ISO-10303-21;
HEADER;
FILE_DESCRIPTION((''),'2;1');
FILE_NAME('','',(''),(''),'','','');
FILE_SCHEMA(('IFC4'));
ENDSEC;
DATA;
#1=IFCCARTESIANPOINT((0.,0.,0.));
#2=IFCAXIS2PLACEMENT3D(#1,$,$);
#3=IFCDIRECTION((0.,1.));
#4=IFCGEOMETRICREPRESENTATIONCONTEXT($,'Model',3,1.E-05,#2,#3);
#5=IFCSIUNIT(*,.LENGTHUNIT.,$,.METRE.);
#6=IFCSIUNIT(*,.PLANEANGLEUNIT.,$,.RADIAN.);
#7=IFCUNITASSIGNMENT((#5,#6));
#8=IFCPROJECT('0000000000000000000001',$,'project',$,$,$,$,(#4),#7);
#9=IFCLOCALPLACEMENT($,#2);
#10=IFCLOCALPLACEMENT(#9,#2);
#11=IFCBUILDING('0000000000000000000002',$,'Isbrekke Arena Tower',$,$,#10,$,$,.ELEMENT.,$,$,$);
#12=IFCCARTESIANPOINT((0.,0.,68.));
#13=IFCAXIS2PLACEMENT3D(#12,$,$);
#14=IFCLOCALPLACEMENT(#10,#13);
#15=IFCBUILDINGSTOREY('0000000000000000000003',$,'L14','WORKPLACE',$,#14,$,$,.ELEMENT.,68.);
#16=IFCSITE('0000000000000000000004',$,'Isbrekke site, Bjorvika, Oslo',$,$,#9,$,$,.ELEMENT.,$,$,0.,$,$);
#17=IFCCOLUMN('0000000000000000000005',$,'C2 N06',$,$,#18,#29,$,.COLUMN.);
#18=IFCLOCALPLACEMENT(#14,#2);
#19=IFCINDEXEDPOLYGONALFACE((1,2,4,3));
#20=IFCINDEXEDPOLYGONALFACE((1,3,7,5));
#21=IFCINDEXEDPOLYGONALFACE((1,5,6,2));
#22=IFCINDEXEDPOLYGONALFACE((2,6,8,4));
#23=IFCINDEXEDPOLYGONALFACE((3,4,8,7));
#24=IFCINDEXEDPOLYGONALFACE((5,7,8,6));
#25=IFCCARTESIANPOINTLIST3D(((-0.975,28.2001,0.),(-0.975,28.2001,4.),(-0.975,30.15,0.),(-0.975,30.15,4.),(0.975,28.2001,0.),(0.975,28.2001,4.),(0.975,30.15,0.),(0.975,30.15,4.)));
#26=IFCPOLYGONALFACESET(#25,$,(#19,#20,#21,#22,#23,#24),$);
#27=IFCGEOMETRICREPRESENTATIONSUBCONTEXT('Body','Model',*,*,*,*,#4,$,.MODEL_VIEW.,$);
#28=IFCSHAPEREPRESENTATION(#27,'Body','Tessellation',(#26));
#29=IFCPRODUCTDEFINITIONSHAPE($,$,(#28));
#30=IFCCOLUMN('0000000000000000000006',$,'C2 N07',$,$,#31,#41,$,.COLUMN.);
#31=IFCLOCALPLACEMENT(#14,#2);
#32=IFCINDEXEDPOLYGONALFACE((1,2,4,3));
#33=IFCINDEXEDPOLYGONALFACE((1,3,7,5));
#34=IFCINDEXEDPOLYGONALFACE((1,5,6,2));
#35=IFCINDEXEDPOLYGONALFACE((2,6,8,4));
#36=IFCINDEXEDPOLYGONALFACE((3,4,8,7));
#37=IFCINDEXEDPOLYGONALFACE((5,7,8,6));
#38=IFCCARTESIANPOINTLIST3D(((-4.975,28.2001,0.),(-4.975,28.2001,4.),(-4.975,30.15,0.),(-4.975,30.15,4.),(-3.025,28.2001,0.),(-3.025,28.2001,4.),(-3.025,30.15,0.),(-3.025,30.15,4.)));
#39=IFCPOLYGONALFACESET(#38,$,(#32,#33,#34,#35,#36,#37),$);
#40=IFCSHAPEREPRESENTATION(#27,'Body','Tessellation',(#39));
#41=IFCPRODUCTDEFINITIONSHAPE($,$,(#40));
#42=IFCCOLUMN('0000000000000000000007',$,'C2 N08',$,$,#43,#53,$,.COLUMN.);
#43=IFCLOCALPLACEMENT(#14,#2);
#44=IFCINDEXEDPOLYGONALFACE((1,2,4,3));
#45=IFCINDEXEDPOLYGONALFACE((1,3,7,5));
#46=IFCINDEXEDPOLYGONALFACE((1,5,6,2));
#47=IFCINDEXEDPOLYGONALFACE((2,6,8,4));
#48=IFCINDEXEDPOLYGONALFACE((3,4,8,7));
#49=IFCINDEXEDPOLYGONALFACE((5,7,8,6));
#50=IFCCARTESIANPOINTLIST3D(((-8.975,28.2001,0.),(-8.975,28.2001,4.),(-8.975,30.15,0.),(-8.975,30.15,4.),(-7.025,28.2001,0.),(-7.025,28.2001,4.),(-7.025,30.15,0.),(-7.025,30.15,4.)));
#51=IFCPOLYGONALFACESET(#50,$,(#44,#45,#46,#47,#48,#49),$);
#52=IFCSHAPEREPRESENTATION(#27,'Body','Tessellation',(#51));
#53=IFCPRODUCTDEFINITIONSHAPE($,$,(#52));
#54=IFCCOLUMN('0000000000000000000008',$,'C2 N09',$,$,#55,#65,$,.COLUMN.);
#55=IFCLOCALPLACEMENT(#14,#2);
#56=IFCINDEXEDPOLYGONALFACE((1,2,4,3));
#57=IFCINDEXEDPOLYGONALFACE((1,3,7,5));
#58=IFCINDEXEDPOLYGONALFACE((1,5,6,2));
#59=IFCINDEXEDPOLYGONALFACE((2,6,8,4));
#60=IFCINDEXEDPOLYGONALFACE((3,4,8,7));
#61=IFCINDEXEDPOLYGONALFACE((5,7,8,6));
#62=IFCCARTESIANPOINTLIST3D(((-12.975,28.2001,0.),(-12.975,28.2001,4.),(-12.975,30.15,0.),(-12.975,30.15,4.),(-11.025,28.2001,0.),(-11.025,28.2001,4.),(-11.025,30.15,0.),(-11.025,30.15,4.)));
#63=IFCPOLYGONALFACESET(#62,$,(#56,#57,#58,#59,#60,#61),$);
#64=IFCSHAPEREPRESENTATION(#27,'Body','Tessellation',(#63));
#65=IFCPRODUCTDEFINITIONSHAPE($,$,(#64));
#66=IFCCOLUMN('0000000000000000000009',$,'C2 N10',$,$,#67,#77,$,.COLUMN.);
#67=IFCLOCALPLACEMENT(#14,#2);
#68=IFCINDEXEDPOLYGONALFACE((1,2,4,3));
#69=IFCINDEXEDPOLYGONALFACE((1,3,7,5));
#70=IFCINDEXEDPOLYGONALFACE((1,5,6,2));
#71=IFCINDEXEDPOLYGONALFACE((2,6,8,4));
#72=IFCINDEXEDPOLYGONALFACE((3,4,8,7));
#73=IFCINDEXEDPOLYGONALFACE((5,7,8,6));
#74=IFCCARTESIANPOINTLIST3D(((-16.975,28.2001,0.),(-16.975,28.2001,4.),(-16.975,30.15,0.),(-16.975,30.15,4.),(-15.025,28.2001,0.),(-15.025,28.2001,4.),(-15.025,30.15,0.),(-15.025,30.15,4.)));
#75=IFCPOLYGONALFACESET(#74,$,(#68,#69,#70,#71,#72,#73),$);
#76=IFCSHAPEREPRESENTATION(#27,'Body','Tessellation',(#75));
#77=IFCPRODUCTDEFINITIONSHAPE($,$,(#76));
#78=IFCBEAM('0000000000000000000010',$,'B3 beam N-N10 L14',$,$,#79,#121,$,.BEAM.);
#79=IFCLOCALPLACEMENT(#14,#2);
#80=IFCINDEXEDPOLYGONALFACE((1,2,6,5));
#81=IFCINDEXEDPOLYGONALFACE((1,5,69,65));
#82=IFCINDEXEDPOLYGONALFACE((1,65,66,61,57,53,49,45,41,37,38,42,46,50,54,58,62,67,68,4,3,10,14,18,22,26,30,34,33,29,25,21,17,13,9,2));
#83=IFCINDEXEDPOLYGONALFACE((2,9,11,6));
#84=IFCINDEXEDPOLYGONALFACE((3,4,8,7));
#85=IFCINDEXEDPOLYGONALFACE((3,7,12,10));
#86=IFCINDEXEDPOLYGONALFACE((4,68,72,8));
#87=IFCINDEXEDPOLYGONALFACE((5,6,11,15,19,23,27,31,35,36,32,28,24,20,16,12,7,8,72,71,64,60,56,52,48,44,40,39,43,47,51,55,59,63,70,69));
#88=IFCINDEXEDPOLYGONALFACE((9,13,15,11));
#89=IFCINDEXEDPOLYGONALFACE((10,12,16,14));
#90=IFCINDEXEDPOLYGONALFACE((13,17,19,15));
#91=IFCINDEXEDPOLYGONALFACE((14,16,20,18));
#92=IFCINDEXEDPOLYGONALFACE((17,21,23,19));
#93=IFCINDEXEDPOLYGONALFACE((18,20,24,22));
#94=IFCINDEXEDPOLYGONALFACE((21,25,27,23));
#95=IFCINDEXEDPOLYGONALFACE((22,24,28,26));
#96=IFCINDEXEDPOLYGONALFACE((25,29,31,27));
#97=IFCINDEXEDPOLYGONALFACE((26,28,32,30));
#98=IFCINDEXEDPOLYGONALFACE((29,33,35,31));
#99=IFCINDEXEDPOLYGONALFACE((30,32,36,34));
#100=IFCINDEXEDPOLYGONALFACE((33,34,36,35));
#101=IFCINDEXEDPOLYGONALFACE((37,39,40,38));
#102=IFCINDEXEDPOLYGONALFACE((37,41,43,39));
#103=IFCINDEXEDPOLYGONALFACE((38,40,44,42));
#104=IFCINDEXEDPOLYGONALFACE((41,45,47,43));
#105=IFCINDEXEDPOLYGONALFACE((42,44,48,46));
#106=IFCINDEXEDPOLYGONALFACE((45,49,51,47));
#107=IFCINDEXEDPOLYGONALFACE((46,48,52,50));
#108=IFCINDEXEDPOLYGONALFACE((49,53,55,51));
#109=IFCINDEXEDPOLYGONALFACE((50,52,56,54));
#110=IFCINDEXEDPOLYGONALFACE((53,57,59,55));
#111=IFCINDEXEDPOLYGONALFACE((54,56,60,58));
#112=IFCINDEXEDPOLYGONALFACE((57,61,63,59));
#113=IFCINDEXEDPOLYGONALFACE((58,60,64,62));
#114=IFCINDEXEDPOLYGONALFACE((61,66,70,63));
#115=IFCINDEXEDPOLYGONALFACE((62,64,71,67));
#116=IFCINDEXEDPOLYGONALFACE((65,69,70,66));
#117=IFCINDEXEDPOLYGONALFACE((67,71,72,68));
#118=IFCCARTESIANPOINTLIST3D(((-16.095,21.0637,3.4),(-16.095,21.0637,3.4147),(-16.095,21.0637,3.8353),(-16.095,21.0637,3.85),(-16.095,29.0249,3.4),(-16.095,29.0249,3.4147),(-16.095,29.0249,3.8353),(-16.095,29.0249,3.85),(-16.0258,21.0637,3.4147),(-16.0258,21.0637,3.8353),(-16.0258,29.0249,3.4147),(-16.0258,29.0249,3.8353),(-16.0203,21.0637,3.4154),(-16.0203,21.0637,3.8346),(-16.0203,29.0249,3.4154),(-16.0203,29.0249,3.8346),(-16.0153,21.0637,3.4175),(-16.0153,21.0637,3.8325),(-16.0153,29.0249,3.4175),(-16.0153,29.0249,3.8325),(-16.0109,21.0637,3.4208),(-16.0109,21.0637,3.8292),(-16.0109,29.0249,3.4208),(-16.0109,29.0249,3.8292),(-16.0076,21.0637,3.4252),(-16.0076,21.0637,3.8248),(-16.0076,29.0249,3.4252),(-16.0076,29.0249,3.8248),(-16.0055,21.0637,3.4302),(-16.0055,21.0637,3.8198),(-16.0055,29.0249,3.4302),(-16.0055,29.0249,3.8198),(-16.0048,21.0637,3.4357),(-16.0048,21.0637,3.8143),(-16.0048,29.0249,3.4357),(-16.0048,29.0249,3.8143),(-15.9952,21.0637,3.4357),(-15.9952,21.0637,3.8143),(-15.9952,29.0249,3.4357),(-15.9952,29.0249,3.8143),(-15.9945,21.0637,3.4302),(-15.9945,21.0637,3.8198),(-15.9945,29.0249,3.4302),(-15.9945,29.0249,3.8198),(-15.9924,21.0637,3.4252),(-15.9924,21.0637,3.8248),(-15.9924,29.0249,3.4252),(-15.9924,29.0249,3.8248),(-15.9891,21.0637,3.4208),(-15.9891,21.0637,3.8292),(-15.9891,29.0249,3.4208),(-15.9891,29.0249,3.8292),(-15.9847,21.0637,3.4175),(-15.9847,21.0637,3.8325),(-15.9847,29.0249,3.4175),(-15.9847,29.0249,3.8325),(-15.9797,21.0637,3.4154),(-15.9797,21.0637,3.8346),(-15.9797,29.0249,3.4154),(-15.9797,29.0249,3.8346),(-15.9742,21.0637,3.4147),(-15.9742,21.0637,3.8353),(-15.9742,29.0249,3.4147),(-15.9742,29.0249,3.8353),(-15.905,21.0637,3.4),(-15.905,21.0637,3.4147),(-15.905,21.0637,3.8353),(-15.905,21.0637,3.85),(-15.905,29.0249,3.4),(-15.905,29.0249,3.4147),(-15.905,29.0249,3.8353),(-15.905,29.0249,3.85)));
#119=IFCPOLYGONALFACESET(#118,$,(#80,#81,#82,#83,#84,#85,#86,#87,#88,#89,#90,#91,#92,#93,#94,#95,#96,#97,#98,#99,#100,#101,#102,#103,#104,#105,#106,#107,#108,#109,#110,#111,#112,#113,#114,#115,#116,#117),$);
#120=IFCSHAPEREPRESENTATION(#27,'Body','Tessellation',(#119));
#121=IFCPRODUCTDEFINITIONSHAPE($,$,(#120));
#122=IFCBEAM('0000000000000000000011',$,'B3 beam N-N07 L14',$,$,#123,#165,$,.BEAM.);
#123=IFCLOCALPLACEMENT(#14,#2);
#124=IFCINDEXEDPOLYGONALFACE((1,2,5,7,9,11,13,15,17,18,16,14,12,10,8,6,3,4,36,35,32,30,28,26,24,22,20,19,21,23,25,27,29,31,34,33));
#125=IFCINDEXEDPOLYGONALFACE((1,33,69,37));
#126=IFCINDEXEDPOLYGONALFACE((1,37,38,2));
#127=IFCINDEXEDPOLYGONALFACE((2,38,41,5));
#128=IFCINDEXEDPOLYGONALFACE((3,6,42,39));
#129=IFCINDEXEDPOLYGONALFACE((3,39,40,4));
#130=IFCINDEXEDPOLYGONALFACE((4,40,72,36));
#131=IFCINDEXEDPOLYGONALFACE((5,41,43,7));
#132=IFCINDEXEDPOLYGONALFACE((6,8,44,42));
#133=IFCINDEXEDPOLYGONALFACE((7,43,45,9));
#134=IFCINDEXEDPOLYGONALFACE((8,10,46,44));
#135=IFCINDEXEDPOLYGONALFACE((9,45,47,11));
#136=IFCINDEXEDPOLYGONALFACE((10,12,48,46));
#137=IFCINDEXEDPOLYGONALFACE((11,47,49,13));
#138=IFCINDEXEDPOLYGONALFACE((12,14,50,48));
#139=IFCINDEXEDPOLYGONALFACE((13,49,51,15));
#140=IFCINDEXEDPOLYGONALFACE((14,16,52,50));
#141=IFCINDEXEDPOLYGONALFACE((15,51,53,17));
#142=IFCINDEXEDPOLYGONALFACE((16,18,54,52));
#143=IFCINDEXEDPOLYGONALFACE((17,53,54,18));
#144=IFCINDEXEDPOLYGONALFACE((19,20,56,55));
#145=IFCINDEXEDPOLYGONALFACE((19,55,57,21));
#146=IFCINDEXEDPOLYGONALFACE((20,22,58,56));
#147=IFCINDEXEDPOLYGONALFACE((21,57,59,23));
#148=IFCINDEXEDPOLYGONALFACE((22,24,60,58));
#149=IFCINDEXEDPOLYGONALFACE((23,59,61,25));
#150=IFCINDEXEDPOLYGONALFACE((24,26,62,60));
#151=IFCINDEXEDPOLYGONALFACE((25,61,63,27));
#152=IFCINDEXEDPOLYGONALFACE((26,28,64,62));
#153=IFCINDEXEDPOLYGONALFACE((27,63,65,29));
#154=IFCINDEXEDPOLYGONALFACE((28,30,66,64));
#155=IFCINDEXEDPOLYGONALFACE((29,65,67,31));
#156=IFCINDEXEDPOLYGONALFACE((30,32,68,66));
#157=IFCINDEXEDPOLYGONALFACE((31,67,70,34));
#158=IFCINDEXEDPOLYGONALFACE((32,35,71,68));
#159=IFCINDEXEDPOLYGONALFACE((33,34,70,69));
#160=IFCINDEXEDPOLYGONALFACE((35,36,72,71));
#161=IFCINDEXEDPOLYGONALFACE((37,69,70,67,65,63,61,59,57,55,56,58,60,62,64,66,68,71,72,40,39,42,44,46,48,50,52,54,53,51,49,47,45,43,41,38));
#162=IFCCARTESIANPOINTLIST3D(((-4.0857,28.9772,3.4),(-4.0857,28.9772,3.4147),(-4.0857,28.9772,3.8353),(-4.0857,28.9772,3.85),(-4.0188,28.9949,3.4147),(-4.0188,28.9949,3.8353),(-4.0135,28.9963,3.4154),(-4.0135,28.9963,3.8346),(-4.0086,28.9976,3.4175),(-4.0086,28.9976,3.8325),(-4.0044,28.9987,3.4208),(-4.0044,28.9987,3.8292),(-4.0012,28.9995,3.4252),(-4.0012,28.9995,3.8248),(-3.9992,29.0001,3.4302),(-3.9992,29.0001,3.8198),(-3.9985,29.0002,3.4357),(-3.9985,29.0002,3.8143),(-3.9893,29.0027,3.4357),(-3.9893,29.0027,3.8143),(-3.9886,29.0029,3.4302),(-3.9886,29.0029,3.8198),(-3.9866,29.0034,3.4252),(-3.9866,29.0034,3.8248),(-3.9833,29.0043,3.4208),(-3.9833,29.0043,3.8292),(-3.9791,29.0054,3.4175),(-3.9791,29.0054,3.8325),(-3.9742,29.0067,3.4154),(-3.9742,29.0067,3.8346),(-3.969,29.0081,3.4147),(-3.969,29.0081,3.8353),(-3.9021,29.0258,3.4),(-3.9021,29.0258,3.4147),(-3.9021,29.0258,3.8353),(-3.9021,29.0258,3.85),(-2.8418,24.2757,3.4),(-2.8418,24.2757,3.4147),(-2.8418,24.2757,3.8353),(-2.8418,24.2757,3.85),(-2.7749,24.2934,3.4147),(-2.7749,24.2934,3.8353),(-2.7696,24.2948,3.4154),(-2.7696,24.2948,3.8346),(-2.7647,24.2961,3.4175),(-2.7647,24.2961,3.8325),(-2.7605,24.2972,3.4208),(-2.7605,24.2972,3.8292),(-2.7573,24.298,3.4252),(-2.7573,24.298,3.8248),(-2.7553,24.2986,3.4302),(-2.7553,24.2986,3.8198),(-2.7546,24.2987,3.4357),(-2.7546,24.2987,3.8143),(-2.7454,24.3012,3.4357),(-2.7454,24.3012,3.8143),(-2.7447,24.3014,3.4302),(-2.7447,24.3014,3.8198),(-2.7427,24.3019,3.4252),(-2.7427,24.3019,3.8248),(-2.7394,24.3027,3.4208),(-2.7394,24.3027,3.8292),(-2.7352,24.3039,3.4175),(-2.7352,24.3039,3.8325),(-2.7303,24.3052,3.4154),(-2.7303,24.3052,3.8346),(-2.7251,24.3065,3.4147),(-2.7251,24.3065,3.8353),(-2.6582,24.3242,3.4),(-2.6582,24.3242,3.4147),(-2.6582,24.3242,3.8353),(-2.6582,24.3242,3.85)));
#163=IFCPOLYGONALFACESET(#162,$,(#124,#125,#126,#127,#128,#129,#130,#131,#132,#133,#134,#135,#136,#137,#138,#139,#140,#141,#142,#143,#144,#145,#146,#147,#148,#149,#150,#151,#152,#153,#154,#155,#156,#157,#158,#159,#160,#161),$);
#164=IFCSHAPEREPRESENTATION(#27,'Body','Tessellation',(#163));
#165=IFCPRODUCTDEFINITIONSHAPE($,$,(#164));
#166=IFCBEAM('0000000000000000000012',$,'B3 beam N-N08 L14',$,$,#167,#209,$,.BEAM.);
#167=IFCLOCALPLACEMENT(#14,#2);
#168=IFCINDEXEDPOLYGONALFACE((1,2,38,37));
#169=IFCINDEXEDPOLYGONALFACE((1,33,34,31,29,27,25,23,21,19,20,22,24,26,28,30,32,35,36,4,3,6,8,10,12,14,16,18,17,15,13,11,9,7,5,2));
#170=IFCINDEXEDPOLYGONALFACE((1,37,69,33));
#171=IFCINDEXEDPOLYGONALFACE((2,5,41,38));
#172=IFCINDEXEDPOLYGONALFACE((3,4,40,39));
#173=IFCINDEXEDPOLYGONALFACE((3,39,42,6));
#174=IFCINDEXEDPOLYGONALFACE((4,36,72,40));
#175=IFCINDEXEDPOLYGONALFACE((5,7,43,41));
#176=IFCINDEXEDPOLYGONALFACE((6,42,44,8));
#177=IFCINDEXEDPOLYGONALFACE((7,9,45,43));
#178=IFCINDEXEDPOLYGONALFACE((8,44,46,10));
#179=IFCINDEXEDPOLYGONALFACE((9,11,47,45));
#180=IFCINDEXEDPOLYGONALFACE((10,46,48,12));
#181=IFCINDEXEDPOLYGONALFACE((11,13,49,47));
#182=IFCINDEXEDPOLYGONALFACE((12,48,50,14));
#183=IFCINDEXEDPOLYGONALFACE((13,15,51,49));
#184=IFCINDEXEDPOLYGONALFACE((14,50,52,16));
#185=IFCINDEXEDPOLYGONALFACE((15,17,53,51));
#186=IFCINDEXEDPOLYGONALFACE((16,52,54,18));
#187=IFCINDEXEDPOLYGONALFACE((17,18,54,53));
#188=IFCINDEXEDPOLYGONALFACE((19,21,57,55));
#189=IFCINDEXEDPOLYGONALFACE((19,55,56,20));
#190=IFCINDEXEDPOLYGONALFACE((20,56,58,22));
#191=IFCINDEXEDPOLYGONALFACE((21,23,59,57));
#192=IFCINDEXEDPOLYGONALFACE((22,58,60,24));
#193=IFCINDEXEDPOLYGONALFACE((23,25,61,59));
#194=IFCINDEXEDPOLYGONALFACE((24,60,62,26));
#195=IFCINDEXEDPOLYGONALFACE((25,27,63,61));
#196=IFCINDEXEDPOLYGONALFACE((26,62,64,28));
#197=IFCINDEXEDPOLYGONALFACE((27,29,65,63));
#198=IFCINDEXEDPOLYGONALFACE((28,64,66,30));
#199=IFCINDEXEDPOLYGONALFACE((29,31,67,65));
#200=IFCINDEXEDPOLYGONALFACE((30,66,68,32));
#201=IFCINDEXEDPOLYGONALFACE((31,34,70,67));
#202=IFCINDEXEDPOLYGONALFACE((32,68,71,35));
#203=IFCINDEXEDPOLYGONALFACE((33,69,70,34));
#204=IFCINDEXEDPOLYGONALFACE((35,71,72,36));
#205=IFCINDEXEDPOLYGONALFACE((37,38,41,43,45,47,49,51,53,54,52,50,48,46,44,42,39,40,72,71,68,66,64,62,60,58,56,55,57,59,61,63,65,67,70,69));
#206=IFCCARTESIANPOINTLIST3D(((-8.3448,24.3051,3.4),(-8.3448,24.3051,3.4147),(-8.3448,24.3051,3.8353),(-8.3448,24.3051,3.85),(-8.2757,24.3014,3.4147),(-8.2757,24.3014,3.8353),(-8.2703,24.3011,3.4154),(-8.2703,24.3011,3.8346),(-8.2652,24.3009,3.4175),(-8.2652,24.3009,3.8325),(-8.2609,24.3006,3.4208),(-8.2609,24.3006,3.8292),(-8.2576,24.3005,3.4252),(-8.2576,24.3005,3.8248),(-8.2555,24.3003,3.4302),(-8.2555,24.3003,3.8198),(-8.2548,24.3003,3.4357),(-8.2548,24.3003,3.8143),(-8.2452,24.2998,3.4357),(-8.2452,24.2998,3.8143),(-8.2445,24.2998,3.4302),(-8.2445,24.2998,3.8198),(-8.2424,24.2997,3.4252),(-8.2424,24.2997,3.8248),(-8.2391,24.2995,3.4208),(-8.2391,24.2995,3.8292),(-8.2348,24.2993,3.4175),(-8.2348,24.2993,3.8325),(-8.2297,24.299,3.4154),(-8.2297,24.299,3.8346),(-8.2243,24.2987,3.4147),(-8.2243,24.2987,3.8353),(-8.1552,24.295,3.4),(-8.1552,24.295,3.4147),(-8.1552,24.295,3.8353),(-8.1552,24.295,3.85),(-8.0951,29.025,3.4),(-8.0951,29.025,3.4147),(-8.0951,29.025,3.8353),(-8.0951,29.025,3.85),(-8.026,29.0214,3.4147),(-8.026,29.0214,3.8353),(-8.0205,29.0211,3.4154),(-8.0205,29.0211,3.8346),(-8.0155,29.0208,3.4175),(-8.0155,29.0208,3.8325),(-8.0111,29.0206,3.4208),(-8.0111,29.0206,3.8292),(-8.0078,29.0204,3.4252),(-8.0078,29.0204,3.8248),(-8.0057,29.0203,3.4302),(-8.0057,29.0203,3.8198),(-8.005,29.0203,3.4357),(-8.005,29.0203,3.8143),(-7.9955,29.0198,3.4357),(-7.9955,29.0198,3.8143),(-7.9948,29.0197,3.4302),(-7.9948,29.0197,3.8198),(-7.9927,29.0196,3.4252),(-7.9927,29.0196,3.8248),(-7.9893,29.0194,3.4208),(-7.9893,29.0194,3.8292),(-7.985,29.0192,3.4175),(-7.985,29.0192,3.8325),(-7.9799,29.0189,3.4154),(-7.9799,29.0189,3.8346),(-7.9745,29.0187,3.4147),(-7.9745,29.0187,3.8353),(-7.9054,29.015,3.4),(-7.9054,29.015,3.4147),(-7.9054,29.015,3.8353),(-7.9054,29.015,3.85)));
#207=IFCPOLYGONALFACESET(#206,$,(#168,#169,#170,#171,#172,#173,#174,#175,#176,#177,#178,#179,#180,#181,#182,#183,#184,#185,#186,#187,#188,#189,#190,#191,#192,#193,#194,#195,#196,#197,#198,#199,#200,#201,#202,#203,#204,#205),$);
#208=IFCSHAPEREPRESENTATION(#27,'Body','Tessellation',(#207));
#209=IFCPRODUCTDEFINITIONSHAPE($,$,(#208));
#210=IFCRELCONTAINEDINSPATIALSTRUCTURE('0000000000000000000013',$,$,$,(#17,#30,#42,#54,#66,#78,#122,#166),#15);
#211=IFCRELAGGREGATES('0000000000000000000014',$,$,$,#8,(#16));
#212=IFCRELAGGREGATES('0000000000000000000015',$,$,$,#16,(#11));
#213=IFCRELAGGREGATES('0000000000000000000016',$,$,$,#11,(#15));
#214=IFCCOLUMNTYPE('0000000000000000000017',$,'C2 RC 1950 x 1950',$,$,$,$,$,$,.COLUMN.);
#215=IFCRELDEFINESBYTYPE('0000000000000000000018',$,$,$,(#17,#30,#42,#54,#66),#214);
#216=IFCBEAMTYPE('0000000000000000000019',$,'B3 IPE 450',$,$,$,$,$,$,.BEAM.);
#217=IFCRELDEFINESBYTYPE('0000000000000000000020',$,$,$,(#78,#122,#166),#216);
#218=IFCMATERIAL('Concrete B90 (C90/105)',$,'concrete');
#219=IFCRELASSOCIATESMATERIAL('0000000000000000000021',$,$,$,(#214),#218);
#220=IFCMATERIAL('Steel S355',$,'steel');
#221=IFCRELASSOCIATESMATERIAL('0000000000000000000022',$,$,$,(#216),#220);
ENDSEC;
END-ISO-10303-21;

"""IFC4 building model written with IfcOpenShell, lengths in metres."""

from ifc_helpers import new_model, si_unit, direction, frame, origin, origin_2d, place, context, subcontext, project, spatial, rectangle, i_section, extrude, material, material_profile, profile_set, type_object, element, save


model = new_model("IFC4")

# Units and contexts
model_context = context("Model", 3, precision=1e-05, world=origin(), true_north=direction((0.0, 1.0)))
body_context = subcontext(model_context, "Body", "Model", "MODEL_VIEW")
ifc_project = project(units=[si_unit("LENGTHUNIT", "METRE"), si_unit("PLANEANGLEUNIT", "RADIAN")], contexts=[model_context])

# Site, building, storey
site_placement = place(None, origin())
site = spatial("IfcSite", under=ifc_project, at=site_placement, Name="Isbrekke site, Bjorvika, Oslo", CompositionType="ELEMENT", RefElevation=0.0)
building_placement = place(site_placement, origin())
building = spatial("IfcBuilding", under=site, at=building_placement, Name="Isbrekke Arena Tower", CompositionType="ELEMENT")
storey_placement = place(building_placement, frame((0.0, 0.0, 68.0)))
storey = spatial("IfcBuildingStorey", under=building, at=storey_placement, Name="L14", Description="WORKPLACE", CompositionType="ELEMENT", Elevation=68.0)

# Columns
ifc_material_1 = material(Name="Concrete B90 (C90/105)", Category="concrete")
ifc_material_profile_1 = material_profile(ifc_material_1, rectangle(XDim=1.95, YDim=1.95, at=origin_2d()), Name="RC 1950x1950")
ifc_profile_set_1 = profile_set([ifc_material_profile_1], Name="Concrete B90 (C90/105)")
column_type = type_object("IfcColumnType", Name="C2 RC 1950 x 1950", PredefinedType="COLUMN", material=ifc_profile_set_1)
for number, where, z_axis, x_axis, name in (
    (1, (0.0, 29.175, 0.0), (0.0, 0.0, 1.0), (-1.0, 0.0, 0.0), "C2 N06"),
    (2, (-4.0, 29.175, 0.0), (0.0, 0.0, 1.0), (-1.0, 0.0, 0.0), "C2 N07"),
    (3, (-8.0, 29.175, 0.0), (0.0, 0.0, 1.0), (-1.0, 0.0, 0.0), "C2 N08"),
    (4, (-12.0, 29.175, 0.0), (0.0, 0.0, 1.0), (-1.0, 0.0, 0.0), "C2 N09"),
    (5, (-16.0, 29.175, 0.0), (0.0, 0.0, 1.0), (-1.0, 0.0, 0.0), "C2 N10"),
):
    element("IfcColumn", number, at=place(storey_placement, frame(where, z_axis=z_axis, x_axis=x_axis)), inside=storey, type_object=column_type, Name=name, PredefinedType="COLUMN", context=body_context, shape_type="SweptSolid", body=[
        extrude(rectangle(XDim=1.95, YDim=1.95, at=origin_2d()), origin(), (0.0, 0.0, 1.0), 4.0),
    ])

# Beams
ifc_material_2 = material(Name="Steel S355", Category="steel")
ifc_material_profile_2 = material_profile(ifc_material_2, i_section(OverallWidth=0.1899, OverallDepth=0.45, WebThickness=0.0095, FlangeThickness=0.0146, FilletRadius=0.021, at=origin_2d()), Name="IPE 450")
ifc_profile_set_2 = profile_set([ifc_material_profile_2], Name="Steel S355")
beam_type_1 = type_object("IfcBeamType", Name="B3 IPE 450", PredefinedType="BEAM", material=ifc_profile_set_2)
beam_1_placement = place(storey_placement, frame((-16.0, 29.0249, 3.625), z_axis=(0.0, -1.0, 0.0), x_axis=(1.0, 0.0, 0.0)))
element("IfcBeam", 6, at=beam_1_placement, inside=storey, type_object=beam_type_1, Name="B3 beam N-N10 L14", PredefinedType="BEAM", context=body_context, shape_type="SweptSolid", body=[
    extrude(i_section(OverallWidth=0.1899, OverallDepth=0.45, WebThickness=0.0095, FlangeThickness=0.0146, FilletRadius=0.021, at=origin_2d()), origin(), (0.0, 0.0, 1.0), 7.9612),
])
beam_2_placement = place(storey_placement, frame((-3.9939, 29.0015, 3.625), z_axis=(0.255778, -0.966736, 0.0), x_axis=(0.966736, 0.255778, 0.0)))
element("IfcBeam", 7, at=beam_2_placement, inside=storey, type_object=beam_type_1, Name="B3 beam N-N07 L14", PredefinedType="BEAM", context=body_context, shape_type="SweptSolid", body=[
    extrude(i_section(OverallWidth=0.1899, OverallDepth=0.45, WebThickness=0.0095, FlangeThickness=0.0146, FilletRadius=0.021, at=origin_2d()), origin(), (0.0, 0.0, 1.0), 4.8633),
])
beam_3_placement = place(storey_placement, frame((-8.0002, 29.02, 3.625), z_axis=(-0.052841, -0.998603, 0.0), x_axis=(0.998603, -0.052841, 0.0)))
element("IfcBeam", 8, at=beam_3_placement, inside=storey, type_object=beam_type_1, Name="B3 beam N-N08 L14", PredefinedType="BEAM", context=body_context, shape_type="SweptSolid", body=[
    extrude(i_section(OverallWidth=0.1899, OverallDepth=0.45, WebThickness=0.0095, FlangeThickness=0.0146, FilletRadius=0.021, at=origin_2d()), origin(), (0.0, 0.0, 1.0), 4.7266),
])

save(model, "model.ifc")
